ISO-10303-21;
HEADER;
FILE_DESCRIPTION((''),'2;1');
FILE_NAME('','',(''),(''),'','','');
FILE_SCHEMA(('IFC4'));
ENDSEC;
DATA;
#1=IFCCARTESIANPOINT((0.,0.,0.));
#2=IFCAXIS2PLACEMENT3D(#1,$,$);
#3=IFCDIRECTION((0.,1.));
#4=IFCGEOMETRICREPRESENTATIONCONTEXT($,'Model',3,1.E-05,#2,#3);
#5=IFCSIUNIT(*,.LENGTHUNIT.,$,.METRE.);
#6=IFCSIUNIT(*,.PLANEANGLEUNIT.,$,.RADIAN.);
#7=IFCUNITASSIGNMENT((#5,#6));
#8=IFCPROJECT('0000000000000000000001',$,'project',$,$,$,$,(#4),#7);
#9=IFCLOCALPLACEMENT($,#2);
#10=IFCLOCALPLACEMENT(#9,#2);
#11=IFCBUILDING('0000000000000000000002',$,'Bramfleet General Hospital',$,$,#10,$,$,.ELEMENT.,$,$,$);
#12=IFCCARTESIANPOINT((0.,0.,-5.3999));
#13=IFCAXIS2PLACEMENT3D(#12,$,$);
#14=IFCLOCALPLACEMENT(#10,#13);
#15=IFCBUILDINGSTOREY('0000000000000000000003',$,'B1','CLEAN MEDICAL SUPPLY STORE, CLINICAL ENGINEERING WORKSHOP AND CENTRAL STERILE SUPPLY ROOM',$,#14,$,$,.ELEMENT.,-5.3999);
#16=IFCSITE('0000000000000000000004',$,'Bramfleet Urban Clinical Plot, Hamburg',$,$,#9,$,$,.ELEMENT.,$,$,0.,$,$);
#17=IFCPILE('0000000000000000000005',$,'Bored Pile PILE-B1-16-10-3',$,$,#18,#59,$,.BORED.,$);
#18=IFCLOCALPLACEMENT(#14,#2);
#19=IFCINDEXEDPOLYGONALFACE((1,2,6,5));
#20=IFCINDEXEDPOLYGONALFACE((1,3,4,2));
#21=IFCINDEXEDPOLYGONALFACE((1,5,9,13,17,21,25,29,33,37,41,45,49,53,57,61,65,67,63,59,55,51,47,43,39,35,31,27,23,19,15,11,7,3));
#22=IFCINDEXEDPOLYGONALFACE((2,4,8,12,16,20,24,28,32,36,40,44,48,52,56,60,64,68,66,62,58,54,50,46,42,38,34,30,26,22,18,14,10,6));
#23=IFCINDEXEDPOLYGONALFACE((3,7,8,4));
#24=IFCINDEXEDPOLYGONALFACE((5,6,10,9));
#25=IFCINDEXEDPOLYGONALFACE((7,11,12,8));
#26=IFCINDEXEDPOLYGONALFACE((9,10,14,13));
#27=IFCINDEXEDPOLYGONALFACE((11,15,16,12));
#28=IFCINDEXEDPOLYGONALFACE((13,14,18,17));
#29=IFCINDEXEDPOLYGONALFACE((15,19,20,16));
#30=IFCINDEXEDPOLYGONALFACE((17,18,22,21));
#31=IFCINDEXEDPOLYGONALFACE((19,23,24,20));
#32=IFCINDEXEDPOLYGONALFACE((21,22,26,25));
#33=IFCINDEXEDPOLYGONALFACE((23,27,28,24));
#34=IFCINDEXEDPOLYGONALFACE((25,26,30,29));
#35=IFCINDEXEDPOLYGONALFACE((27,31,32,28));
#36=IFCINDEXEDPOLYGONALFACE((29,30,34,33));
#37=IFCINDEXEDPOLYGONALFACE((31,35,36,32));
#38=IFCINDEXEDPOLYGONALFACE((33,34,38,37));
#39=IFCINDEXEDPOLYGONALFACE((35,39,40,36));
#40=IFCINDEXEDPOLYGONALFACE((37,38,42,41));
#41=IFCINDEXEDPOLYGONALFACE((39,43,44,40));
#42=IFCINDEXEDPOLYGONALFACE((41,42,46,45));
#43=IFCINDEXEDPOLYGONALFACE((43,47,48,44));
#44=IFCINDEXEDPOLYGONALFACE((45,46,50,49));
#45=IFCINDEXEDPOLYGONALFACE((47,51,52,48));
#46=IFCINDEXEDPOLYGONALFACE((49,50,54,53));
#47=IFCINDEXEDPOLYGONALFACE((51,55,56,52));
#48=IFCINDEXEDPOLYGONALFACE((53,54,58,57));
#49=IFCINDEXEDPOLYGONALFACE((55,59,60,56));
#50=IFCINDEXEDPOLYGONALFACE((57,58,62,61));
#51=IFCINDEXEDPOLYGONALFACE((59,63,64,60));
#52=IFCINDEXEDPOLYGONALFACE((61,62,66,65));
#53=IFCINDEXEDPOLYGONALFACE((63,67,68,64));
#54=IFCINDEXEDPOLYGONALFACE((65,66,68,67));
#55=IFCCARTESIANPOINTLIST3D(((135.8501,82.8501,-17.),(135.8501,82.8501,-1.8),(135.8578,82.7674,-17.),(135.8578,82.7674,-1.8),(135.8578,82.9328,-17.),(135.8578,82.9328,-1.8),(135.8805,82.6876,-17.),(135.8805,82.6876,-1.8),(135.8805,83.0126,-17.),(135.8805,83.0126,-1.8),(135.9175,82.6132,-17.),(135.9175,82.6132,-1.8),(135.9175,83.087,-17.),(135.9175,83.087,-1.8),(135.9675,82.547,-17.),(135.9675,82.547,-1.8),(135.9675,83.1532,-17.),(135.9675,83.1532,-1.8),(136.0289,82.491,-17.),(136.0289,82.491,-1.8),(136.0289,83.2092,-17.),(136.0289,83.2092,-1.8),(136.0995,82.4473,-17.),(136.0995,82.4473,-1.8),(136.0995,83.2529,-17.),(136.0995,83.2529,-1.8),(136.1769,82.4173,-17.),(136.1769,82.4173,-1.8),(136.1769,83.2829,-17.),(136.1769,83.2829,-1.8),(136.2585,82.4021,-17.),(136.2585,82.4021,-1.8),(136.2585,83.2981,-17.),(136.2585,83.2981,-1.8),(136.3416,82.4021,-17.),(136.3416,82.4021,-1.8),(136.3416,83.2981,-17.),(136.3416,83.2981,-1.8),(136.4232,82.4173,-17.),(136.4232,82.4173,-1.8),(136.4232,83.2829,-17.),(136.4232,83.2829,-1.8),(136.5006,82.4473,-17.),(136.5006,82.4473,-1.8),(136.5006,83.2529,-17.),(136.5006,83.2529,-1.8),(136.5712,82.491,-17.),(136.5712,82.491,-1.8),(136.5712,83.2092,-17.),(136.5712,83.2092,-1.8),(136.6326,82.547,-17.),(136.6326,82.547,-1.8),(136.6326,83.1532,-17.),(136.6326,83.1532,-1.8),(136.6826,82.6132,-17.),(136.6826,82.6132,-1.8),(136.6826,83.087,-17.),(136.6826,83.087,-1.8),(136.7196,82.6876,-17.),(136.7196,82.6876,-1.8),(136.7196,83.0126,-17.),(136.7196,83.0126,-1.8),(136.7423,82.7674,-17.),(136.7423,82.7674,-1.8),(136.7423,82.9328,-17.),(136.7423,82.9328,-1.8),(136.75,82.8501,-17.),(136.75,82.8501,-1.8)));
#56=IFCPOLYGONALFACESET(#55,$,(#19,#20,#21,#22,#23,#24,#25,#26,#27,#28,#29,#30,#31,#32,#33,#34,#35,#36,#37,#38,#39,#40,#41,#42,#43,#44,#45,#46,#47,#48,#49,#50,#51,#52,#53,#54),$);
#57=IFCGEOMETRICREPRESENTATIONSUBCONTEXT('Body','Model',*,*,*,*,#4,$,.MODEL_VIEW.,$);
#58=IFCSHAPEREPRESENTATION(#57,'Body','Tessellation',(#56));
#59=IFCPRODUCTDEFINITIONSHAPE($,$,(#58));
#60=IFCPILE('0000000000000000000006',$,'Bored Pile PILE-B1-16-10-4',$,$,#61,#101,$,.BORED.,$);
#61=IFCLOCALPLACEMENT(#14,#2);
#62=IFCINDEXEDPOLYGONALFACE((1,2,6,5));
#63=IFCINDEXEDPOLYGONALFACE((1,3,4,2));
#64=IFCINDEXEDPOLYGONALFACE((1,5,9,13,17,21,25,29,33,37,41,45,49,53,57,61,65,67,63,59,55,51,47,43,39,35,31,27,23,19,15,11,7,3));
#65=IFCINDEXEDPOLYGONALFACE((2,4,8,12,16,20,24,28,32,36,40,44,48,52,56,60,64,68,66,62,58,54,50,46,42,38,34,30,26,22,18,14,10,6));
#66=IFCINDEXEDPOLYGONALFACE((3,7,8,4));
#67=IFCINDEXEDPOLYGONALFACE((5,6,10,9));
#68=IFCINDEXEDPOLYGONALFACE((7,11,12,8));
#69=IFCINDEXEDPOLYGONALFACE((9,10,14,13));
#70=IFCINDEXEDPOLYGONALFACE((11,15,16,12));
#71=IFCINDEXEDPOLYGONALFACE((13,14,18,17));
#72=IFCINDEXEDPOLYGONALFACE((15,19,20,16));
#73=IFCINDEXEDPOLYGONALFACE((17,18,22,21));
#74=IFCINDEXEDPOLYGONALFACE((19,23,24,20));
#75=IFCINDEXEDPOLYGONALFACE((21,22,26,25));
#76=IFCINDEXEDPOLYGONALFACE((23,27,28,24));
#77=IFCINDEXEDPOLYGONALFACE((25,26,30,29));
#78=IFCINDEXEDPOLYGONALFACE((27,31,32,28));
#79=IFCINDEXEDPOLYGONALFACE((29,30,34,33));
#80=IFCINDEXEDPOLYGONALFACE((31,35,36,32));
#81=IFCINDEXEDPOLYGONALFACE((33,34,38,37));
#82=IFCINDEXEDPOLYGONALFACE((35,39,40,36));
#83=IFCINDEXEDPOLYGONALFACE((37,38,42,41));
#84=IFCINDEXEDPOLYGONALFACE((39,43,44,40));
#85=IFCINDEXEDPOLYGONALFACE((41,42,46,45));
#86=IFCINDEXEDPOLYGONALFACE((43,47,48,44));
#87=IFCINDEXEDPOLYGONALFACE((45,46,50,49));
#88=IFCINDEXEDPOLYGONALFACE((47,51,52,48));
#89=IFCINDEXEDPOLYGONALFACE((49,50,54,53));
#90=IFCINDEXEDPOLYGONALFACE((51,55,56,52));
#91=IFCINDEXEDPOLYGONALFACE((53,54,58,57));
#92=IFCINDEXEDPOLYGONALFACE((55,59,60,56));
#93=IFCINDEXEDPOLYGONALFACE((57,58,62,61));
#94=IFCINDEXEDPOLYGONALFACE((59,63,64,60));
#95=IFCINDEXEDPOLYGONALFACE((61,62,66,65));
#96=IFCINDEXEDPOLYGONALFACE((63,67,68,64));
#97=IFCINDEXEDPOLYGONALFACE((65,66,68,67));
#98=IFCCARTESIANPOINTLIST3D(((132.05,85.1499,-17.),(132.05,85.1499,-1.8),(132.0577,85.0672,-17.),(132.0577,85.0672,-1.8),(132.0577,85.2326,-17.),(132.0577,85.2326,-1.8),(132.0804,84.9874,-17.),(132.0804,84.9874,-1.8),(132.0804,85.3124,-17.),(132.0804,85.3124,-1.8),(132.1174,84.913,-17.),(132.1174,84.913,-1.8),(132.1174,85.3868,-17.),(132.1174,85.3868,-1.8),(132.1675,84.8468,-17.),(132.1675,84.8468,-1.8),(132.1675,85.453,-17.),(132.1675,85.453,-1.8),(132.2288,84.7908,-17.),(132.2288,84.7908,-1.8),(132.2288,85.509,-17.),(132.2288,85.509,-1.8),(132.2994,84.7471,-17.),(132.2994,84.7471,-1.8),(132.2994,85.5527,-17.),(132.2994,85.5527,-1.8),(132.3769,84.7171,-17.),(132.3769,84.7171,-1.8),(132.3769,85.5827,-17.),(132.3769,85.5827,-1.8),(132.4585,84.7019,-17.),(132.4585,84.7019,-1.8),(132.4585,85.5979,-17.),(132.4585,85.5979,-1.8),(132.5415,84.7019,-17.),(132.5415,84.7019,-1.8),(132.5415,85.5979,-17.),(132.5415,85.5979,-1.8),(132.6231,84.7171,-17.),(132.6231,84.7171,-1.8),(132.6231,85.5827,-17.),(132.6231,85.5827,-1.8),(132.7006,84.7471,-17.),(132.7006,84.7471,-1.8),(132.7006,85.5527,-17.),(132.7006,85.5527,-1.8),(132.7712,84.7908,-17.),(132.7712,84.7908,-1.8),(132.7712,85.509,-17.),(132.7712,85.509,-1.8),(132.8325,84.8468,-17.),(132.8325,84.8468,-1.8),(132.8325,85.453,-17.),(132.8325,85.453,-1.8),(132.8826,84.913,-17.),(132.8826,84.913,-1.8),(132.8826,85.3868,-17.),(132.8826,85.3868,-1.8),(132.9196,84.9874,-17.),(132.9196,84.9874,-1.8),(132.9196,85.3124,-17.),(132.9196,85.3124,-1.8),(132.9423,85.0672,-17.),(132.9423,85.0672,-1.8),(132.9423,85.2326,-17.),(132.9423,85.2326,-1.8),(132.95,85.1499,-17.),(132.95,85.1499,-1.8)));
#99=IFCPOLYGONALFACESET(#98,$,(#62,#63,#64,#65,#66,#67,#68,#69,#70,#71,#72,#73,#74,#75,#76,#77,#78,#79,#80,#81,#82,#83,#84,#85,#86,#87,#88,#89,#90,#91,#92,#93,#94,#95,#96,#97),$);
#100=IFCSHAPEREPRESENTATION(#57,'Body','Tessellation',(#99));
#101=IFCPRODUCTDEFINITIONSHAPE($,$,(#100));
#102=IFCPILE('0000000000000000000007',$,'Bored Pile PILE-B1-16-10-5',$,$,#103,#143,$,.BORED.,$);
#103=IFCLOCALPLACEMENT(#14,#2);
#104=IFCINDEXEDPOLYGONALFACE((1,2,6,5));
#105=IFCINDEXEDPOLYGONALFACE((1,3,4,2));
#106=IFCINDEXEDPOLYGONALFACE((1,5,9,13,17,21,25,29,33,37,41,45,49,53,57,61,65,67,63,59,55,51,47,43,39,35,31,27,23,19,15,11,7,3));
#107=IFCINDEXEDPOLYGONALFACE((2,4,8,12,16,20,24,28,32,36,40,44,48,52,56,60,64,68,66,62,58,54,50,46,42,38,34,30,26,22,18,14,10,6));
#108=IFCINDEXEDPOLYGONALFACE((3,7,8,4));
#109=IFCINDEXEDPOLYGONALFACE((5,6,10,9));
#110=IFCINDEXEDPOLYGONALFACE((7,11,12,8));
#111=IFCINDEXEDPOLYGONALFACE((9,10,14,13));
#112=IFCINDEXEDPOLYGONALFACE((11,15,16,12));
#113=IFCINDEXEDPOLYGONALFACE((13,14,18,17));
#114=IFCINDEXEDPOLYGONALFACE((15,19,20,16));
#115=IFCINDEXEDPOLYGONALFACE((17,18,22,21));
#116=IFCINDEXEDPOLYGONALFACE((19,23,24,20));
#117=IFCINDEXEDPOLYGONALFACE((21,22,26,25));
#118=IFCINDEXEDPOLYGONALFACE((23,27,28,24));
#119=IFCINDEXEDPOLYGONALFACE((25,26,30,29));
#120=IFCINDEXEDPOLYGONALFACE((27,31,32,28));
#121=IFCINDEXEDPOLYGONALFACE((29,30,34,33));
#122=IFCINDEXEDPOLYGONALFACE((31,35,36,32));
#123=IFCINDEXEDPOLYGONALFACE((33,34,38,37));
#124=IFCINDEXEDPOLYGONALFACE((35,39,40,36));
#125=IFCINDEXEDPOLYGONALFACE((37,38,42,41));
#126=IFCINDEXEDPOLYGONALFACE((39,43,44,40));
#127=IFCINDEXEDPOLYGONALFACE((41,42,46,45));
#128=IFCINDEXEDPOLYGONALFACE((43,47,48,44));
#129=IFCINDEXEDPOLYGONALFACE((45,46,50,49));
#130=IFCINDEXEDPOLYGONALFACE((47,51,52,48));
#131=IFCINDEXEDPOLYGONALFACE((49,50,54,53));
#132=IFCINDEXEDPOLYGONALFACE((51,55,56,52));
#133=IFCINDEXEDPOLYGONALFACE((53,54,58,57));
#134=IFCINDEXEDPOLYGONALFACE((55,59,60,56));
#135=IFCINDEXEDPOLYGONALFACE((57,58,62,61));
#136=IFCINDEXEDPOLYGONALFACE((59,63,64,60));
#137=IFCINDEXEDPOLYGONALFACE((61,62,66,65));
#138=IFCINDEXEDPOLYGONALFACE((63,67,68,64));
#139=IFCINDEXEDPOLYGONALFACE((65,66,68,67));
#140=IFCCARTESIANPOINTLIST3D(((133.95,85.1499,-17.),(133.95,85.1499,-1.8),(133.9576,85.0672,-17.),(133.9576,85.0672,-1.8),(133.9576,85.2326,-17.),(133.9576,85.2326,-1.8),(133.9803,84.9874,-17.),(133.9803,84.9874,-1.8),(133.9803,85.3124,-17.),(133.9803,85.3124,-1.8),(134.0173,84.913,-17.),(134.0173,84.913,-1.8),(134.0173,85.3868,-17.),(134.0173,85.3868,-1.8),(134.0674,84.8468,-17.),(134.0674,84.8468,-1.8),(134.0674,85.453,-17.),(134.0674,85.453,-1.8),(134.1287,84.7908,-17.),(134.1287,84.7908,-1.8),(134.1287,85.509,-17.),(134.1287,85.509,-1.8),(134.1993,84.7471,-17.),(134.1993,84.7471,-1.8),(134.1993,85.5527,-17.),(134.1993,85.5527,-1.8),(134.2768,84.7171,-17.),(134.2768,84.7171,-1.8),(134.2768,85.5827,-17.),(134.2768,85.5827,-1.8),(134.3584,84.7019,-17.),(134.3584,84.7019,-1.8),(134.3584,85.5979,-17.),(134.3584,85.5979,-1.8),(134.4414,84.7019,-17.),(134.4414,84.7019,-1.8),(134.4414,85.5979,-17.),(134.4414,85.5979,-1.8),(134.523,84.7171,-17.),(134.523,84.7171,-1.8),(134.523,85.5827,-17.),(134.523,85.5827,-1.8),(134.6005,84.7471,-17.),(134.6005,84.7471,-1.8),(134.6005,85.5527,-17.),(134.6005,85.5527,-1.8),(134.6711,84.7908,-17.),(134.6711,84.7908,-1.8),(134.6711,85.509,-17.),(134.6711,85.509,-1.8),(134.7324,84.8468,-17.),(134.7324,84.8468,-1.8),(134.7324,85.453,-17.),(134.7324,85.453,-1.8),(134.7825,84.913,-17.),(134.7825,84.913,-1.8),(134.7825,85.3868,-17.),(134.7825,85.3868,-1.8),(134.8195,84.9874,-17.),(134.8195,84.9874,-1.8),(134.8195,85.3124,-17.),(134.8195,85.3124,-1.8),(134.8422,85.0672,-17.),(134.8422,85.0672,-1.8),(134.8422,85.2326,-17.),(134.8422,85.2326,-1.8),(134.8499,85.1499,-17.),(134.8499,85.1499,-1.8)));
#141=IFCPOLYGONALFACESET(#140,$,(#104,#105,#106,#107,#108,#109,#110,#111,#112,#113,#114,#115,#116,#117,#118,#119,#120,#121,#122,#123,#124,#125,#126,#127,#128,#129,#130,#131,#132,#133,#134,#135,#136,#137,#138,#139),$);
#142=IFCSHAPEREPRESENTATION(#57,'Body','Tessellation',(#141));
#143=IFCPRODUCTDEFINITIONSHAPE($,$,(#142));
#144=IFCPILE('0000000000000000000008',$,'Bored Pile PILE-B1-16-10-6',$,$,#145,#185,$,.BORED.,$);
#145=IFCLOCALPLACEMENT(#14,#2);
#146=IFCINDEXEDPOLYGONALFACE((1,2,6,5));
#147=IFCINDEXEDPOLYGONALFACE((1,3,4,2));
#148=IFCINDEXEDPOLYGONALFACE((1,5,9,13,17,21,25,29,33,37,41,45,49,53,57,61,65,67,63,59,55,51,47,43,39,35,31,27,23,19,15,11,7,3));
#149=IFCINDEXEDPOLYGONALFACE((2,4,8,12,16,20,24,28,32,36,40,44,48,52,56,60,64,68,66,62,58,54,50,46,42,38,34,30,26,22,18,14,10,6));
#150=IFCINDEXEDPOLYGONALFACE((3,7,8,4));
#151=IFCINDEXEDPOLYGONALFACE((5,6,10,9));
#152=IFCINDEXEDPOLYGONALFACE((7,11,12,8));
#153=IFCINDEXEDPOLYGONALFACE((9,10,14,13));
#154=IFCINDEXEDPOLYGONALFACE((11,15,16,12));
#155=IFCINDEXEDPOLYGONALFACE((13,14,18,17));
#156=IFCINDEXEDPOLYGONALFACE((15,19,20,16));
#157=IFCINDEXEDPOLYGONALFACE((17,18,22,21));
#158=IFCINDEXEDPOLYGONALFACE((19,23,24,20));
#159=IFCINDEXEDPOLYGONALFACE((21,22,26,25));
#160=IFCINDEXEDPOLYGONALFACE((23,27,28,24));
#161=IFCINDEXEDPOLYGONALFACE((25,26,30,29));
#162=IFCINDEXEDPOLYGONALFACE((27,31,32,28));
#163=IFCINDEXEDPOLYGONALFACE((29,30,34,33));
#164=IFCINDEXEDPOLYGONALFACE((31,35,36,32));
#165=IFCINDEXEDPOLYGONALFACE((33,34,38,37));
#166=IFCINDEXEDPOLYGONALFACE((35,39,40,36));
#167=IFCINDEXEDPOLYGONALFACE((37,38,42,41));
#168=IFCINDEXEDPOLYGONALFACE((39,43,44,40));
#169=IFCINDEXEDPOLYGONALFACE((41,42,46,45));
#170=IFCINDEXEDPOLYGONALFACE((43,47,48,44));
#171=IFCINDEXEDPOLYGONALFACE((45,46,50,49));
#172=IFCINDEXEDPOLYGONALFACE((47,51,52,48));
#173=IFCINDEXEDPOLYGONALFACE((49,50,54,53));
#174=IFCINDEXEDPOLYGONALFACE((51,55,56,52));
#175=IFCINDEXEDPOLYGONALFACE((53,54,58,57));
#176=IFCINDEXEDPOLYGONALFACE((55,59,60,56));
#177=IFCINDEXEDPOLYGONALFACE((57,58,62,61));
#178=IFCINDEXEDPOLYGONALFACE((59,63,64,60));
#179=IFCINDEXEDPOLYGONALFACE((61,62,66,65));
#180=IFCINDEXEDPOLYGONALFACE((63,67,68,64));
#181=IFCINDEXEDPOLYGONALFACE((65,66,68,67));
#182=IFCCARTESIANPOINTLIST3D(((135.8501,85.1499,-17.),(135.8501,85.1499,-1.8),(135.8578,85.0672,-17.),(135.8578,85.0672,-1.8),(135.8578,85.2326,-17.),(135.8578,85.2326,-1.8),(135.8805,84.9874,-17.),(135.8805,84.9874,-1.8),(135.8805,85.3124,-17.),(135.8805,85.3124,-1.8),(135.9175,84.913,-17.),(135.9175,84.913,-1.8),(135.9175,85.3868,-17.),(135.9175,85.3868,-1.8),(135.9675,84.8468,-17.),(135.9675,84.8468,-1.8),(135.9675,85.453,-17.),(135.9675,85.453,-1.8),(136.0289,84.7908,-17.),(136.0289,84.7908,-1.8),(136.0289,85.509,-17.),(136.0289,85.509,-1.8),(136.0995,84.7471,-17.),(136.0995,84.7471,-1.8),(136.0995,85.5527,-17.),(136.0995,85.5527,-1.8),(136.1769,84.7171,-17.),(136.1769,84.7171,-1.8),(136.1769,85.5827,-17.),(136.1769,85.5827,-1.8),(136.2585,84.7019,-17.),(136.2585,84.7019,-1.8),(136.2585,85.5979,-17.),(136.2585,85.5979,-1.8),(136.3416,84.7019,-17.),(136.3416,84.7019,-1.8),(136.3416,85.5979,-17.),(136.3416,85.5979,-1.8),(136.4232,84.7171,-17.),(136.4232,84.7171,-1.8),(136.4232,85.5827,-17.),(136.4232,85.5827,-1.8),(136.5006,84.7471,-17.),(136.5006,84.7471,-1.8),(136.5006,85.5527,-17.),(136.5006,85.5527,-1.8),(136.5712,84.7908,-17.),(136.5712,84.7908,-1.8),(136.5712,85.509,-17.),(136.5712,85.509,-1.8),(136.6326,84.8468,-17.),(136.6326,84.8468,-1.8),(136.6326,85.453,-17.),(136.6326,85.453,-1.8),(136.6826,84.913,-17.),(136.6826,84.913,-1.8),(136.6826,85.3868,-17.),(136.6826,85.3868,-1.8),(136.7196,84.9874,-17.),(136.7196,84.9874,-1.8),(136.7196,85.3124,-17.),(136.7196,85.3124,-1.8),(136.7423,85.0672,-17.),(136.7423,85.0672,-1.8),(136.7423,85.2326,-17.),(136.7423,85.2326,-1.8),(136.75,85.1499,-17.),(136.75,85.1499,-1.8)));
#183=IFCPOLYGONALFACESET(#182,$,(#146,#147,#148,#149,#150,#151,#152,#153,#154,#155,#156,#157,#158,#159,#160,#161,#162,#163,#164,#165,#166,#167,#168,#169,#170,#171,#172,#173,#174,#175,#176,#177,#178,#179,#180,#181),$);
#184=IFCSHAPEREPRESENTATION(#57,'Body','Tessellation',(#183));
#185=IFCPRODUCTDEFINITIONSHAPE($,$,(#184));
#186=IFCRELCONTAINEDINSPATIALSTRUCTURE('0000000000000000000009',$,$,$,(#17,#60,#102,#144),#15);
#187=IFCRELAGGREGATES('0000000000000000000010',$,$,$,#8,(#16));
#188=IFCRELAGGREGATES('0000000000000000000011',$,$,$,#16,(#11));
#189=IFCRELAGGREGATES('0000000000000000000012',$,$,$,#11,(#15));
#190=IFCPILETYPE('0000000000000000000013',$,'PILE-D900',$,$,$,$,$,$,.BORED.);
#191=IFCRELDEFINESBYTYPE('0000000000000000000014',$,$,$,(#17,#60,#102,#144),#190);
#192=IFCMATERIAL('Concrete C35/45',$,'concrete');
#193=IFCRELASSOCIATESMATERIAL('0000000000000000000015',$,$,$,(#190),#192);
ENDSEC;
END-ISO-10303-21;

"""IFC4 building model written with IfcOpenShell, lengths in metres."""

from ifc_helpers import new_model, si_unit, direction, frame, origin, origin_2d, place, context, subcontext, project, spatial, circle, extrude, material, material_profile, profile_set, type_object, element, save


model = new_model("IFC4")

# Units and contexts
model_context = context("Model", 3, precision=1e-05, world=origin(), true_north=direction((0.0, 1.0)))
body_context = subcontext(model_context, "Body", "Model", "MODEL_VIEW")
ifc_project = project(units=[si_unit("LENGTHUNIT", "METRE"), si_unit("PLANEANGLEUNIT", "RADIAN")], contexts=[model_context])

# Site, building, storey
site_placement = place(None, origin())
site = spatial("IfcSite", under=ifc_project, at=site_placement, Name="Bramfleet Urban Clinical Plot, Hamburg", CompositionType="ELEMENT", RefElevation=0.0)
building_placement = place(site_placement, origin())
building = spatial("IfcBuilding", under=site, at=building_placement, Name="Bramfleet General Hospital", CompositionType="ELEMENT")
storey_placement = place(building_placement, frame((0.0, 0.0, -5.3999)))
storey = spatial("IfcBuildingStorey", under=building, at=storey_placement, Name="B1", Description="CLEAN MEDICAL SUPPLY STORE, CLINICAL ENGINEERING WORKSHOP AND CENTRAL STERILE SUPPLY ROOM", CompositionType="ELEMENT", Elevation=-5.3999)

# Shared definitions
ifc_material_1 = material(Name="Concrete C35/45", Category="concrete")

# Piles
ifc_material_profile_1 = material_profile(ifc_material_1, circle(Radius=0.45, at=origin_2d()), Name="PILE BORED D900")
ifc_profile_set_1 = profile_set([ifc_material_profile_1], Name="Concrete C35/45")
pile_type = type_object("IfcPileType", Name="PILE-D900", PredefinedType="BORED", material=ifc_profile_set_1)
for number, where, z_axis, x_axis, name in (
    (1, (136.3, 82.8501, -1.8), (0.0, 0.0, -1.0), (1.0, 0.0, 0.0), "Bored Pile PILE-B1-16-10-3"),
    (2, (132.5, 85.1499, -1.8), (0.0, 0.0, -1.0), (1.0, 0.0, 0.0), "Bored Pile PILE-B1-16-10-4"),
    (3, (134.3999, 85.1499, -1.8), (0.0, 0.0, -1.0), (1.0, 0.0, 0.0), "Bored Pile PILE-B1-16-10-5"),
    (4, (136.3, 85.1499, -1.8), (0.0, 0.0, -1.0), (1.0, 0.0, 0.0), "Bored Pile PILE-B1-16-10-6"),
):
    element("IfcPile", number, at=place(storey_placement, frame(where, z_axis=z_axis, x_axis=x_axis)), inside=storey, type_object=pile_type, Name=name, PredefinedType="BORED", context=body_context, shape_type="SweptSolid", body=[
        extrude(circle(Radius=0.45, at=origin_2d()), origin(), (0.0, 0.0, 1.0), 15.2),
    ])

save(model, "model.ifc")
